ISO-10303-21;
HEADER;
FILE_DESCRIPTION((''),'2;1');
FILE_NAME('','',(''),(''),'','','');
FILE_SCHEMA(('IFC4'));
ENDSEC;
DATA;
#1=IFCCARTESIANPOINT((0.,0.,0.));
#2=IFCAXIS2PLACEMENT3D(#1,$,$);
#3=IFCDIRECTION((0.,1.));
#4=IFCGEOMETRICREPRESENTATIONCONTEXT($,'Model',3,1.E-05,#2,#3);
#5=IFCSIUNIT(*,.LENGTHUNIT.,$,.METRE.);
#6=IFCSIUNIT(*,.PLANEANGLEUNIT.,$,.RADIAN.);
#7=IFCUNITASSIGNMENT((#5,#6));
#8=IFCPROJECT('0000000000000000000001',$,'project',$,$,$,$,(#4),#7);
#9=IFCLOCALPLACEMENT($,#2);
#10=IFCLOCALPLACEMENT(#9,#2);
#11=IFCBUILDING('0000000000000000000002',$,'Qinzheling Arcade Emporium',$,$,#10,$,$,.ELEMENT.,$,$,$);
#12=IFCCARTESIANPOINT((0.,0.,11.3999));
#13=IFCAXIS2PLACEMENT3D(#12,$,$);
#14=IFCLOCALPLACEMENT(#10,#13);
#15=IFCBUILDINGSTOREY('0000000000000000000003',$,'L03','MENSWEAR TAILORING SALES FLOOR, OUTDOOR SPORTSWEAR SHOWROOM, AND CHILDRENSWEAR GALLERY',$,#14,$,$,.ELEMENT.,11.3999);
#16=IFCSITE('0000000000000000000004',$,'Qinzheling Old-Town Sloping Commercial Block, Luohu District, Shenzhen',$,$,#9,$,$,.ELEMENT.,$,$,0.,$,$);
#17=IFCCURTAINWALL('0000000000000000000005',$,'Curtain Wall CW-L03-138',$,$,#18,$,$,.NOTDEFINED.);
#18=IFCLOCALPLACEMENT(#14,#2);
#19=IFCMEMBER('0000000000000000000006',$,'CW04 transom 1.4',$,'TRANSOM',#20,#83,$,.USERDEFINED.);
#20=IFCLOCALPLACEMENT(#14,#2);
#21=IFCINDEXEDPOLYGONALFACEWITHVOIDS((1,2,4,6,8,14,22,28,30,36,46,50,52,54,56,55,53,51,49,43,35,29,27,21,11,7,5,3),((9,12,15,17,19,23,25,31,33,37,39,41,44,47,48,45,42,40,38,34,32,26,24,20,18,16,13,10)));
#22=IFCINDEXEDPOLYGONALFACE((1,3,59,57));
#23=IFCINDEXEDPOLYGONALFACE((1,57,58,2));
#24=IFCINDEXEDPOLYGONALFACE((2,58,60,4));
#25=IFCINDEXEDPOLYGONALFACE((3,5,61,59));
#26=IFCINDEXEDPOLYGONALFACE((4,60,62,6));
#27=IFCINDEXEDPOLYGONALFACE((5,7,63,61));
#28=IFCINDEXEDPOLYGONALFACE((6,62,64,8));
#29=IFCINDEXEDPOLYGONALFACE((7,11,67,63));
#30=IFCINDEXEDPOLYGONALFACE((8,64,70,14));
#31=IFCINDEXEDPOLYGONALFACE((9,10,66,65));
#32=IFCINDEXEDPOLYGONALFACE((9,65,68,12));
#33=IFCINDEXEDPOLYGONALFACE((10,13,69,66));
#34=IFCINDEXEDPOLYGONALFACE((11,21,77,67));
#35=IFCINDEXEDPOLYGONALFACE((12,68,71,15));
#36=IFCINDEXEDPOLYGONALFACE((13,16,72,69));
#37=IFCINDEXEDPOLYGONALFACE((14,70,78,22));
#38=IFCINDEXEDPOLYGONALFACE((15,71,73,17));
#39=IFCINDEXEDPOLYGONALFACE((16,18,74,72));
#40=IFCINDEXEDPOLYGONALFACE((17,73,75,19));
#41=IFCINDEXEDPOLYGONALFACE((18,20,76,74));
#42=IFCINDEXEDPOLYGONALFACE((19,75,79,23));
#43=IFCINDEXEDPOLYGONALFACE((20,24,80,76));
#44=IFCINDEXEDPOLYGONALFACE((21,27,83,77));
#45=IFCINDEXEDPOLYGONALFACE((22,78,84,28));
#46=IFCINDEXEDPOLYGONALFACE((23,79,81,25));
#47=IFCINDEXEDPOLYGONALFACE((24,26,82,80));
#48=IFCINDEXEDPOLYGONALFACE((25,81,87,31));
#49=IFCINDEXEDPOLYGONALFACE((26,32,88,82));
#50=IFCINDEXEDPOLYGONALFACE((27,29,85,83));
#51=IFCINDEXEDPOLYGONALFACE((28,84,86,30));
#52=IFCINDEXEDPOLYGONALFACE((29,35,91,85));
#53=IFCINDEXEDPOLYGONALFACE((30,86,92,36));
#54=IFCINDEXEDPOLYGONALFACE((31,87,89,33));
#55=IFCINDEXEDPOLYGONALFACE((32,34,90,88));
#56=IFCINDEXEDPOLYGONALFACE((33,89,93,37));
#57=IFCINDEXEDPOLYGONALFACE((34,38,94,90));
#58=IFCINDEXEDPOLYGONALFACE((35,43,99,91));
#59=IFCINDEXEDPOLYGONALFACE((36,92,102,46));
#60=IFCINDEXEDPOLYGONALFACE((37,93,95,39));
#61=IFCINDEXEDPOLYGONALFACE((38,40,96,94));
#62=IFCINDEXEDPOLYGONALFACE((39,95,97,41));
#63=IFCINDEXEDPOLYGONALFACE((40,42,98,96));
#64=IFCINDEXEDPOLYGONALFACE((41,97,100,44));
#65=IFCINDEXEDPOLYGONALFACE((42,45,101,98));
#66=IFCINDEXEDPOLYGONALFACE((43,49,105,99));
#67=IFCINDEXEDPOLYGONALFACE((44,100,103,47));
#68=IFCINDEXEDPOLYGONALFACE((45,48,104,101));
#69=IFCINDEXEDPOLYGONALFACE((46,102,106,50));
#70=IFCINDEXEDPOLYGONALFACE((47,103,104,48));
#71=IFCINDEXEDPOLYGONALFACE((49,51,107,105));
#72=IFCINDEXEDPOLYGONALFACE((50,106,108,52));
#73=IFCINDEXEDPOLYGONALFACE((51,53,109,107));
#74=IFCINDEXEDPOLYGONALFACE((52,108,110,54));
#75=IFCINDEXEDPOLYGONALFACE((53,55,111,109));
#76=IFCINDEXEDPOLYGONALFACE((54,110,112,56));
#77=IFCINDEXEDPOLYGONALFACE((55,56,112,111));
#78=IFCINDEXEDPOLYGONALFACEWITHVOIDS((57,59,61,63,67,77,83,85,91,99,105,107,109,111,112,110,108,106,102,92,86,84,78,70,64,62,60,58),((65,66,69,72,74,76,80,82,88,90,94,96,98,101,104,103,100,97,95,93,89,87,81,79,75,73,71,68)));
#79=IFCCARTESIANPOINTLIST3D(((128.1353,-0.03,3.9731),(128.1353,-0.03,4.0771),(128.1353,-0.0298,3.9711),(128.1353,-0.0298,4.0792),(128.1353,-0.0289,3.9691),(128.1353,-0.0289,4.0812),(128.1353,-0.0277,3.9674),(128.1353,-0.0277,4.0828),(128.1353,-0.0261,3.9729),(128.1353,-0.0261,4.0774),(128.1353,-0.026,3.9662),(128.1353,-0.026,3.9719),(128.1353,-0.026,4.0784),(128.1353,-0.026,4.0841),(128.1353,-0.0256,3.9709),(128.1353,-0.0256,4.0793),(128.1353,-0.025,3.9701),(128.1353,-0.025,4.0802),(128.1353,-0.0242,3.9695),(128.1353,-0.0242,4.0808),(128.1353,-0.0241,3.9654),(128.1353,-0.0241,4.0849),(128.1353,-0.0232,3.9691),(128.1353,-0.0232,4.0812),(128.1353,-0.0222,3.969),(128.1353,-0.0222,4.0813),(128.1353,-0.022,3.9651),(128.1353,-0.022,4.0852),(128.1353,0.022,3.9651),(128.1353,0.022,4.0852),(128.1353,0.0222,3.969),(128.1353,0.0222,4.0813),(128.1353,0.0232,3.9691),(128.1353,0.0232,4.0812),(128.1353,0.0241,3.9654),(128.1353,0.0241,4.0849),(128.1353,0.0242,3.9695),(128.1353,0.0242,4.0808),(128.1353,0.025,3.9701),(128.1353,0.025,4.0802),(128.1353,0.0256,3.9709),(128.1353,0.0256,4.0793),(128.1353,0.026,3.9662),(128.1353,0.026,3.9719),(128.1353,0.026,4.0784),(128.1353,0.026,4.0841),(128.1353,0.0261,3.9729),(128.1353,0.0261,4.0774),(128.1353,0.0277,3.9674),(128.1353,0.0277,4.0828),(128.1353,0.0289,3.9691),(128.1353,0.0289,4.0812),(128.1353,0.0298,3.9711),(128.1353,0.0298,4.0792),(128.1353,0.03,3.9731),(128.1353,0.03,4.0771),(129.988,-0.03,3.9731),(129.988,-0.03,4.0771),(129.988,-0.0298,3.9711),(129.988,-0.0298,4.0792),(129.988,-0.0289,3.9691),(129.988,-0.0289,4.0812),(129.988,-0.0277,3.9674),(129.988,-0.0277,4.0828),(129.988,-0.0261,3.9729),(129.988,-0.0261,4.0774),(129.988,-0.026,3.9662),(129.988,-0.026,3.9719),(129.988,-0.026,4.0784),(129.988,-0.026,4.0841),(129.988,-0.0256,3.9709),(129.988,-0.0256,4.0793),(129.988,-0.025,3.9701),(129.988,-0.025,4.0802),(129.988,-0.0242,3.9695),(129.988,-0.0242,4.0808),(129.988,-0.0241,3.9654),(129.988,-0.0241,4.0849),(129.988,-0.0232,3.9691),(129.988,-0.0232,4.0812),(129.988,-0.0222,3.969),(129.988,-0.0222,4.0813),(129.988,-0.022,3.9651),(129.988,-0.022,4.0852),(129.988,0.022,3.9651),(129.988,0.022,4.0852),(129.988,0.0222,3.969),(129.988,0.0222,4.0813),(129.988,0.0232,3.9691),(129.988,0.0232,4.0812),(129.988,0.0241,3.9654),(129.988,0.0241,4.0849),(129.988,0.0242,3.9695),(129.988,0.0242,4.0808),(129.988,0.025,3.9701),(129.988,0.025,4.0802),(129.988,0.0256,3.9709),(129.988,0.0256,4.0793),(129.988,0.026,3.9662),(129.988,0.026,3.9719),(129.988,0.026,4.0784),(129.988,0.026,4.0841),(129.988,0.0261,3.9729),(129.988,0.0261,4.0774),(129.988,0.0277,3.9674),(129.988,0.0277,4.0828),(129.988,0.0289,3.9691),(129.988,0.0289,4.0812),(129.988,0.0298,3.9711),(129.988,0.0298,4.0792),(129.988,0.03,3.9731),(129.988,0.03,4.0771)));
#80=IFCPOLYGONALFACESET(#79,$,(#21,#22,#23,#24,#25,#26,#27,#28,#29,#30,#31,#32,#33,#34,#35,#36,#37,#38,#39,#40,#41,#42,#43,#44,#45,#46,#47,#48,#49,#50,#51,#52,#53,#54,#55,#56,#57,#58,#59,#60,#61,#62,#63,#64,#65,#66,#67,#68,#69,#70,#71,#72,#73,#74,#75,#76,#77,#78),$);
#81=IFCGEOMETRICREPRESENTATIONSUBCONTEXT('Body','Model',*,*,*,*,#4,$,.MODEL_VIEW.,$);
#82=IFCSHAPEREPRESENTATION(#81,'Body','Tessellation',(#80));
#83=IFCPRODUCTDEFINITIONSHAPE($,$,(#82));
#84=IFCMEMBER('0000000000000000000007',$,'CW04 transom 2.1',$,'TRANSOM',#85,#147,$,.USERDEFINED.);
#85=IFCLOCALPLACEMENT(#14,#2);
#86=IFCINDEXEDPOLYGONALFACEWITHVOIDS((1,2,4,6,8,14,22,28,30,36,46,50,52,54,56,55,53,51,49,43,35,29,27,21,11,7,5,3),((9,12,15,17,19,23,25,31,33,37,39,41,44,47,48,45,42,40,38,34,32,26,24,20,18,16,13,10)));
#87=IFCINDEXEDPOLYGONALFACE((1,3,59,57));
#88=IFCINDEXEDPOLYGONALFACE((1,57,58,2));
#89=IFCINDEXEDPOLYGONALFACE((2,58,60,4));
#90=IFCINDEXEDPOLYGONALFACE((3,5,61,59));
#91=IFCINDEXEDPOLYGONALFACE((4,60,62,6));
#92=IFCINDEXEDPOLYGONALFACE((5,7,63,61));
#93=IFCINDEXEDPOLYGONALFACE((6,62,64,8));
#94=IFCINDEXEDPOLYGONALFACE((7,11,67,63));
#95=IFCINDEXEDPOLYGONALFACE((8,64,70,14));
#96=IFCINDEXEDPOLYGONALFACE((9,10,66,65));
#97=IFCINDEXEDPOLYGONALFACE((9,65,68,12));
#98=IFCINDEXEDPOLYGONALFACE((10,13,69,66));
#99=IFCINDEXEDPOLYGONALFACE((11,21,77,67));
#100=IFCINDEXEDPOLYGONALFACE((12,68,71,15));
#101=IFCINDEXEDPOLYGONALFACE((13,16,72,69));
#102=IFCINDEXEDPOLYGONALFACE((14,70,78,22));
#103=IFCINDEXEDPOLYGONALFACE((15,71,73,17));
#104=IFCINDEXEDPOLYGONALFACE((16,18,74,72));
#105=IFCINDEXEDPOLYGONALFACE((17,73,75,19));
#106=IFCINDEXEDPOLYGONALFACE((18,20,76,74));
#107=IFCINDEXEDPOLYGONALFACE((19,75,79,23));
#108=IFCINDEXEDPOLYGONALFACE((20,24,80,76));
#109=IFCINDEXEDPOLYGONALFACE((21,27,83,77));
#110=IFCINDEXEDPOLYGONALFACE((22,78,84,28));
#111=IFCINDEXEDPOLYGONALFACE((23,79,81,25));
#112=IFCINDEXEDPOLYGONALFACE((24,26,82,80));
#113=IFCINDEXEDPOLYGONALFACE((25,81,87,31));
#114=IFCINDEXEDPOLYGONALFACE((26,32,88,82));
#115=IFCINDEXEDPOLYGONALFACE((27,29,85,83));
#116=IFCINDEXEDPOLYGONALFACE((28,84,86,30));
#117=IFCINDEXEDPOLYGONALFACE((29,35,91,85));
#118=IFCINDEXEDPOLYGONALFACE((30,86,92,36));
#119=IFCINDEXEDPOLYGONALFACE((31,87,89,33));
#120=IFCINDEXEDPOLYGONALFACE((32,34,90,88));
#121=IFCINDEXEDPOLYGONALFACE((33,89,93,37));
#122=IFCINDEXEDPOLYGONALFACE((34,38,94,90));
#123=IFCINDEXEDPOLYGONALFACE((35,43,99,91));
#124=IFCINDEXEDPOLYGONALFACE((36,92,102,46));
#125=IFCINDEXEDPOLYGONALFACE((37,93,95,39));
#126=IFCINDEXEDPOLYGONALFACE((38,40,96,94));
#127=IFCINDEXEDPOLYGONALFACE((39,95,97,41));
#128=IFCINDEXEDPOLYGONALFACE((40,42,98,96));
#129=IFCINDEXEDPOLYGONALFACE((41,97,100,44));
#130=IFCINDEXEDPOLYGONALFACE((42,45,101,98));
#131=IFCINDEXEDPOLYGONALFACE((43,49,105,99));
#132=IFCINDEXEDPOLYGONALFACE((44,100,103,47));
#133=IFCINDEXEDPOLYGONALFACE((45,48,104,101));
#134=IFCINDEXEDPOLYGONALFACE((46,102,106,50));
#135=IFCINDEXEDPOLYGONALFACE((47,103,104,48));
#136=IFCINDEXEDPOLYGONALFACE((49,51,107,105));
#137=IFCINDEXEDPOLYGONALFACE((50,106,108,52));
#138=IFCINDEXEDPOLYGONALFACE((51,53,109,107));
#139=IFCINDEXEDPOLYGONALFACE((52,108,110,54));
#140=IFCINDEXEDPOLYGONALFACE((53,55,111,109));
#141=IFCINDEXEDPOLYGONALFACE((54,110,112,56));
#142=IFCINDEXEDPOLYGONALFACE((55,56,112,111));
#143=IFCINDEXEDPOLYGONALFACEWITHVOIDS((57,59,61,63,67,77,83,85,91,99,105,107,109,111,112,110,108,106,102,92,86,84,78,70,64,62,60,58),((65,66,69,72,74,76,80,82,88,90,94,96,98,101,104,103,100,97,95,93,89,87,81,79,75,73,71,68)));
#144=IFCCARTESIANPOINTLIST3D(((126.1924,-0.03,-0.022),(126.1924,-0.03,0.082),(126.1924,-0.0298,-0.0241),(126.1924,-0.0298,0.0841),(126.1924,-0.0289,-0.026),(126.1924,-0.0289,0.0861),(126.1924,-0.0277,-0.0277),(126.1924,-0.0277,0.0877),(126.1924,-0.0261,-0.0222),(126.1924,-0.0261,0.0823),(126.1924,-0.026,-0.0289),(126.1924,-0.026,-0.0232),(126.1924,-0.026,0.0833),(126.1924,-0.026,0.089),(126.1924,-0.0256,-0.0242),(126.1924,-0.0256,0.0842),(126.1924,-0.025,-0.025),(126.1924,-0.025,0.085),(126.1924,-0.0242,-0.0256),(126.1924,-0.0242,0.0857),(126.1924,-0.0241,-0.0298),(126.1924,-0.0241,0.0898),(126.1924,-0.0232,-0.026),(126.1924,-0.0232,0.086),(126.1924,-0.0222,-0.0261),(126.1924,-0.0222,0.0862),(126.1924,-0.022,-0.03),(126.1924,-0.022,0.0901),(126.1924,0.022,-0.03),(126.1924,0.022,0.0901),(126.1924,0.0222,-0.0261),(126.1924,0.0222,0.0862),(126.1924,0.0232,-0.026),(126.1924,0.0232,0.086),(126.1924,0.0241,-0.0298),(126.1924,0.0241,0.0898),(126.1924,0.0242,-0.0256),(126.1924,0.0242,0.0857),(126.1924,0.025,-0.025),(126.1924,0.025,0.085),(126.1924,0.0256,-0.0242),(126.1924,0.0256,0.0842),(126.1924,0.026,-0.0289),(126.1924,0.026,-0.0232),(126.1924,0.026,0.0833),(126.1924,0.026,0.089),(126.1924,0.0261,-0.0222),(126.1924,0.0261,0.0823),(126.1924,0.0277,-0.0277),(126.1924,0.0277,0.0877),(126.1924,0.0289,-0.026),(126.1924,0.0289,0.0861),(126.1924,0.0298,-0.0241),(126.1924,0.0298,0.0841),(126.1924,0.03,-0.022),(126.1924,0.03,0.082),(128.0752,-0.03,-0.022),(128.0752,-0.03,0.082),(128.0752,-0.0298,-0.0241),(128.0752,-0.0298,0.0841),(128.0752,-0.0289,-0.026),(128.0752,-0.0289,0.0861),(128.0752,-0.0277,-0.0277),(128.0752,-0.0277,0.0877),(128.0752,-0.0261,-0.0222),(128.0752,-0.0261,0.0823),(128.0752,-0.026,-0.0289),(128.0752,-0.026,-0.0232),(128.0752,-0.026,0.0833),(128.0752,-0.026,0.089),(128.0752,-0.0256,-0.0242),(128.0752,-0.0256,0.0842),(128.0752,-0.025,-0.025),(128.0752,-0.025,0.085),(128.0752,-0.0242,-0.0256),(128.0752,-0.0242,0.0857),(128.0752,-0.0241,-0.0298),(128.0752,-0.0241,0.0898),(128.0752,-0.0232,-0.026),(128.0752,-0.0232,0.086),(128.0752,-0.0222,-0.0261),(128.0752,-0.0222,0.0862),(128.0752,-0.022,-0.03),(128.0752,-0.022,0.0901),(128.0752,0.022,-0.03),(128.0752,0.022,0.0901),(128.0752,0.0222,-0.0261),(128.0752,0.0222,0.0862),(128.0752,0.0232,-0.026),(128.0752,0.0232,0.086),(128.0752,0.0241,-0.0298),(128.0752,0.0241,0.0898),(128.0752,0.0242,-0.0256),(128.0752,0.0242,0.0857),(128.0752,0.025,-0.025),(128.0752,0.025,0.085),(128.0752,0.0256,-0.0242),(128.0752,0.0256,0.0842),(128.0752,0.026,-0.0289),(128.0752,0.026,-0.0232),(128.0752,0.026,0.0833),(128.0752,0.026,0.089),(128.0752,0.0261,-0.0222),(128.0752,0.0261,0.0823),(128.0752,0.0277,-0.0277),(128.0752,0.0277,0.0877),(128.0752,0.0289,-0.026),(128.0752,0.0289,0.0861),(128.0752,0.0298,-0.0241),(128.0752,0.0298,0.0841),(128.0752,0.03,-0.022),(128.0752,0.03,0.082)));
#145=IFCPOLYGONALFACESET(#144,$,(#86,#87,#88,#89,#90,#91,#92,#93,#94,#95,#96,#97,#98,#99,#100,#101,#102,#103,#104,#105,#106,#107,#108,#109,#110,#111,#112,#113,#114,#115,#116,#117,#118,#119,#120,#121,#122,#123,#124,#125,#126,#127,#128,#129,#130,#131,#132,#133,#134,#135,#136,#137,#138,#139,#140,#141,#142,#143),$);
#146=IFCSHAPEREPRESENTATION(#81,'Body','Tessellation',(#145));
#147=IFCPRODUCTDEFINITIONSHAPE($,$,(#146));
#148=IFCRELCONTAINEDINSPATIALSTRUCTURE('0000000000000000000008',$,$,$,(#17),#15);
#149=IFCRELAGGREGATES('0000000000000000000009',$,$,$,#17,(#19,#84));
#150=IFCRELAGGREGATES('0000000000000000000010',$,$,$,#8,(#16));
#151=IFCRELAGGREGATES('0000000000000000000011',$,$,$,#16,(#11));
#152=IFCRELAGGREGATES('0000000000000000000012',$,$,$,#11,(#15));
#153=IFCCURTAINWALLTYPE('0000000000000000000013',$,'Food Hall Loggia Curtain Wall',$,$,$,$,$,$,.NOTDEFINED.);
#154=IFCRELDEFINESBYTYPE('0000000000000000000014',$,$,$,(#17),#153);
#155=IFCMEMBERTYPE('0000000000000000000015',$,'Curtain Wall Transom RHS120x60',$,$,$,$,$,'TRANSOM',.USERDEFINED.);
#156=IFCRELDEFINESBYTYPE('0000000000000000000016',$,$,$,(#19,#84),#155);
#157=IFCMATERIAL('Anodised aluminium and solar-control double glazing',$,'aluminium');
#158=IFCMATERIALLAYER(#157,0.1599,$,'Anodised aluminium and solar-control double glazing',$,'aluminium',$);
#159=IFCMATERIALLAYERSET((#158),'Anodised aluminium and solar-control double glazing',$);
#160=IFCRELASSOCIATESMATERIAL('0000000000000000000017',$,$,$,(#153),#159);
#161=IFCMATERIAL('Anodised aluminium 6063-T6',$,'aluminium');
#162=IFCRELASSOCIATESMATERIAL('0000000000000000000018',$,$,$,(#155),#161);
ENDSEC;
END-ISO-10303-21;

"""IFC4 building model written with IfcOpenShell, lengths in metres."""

from ifc_helpers import new_model, si_unit, direction, frame, origin, origin_2d, place, context, subcontext, project, spatial, hollow_rectangle, extrude, material, layer, layer_set, material_profile, profile_set, type_object, element, aggregate, save


model = new_model("IFC4")

# Units and contexts
model_context = context("Model", 3, precision=1e-05, world=origin(), true_north=direction((0.0, 1.0)))
body_context = subcontext(model_context, "Body", "Model", "MODEL_VIEW")
ifc_project = project(units=[si_unit("LENGTHUNIT", "METRE"), si_unit("PLANEANGLEUNIT", "RADIAN")], contexts=[model_context])

# Site, building, storey
site_placement = place(None, origin())
site = spatial("IfcSite", under=ifc_project, at=site_placement, Name="Qinzheling Old-Town Sloping Commercial Block, Luohu District, Shenzhen", CompositionType="ELEMENT", RefElevation=0.0)
building_placement = place(site_placement, origin())
building = spatial("IfcBuilding", under=site, at=building_placement, Name="Qinzheling Arcade Emporium", CompositionType="ELEMENT")
storey_placement = place(building_placement, frame((0.0, 0.0, 11.3999)))
storey = spatial("IfcBuildingStorey", under=building, at=storey_placement, Name="L03", Description="MENSWEAR TAILORING SALES FLOOR, OUTDOOR SPORTSWEAR SHOWROOM, AND CHILDRENSWEAR GALLERY", CompositionType="ELEMENT", Elevation=11.3999)

# Curtain wall, members
ifc_material_1 = material(Name="Anodised aluminium and solar-control double glazing", Category="aluminium")
ifc_layer_1 = layer(ifc_material_1, 0.1599, Name="Anodised aluminium and solar-control double glazing", Category="aluminium")
ifc_layer_set_1 = layer_set([ifc_layer_1], Name="Anodised aluminium and solar-control double glazing")
curtain_wall_type = type_object("IfcCurtainWallType", Name="Food Hall Loggia Curtain Wall", PredefinedType="NOTDEFINED", material=ifc_layer_set_1)
curtain_wall_placement = place(storey_placement, origin())
curtain_wall = element("IfcCurtainWall", 1, at=curtain_wall_placement, inside=storey, type_object=curtain_wall_type, Name="Curtain Wall CW-L03-138", PredefinedType="NOTDEFINED")
ifc_material_2 = material(Name="Anodised aluminium 6063-T6", Category="aluminium")
ifc_material_profile_1 = material_profile(ifc_material_2, hollow_rectangle(XDim=0.0601, YDim=0.1201, WallThickness=0.0039, InnerFilletRadius=0.0039, OuterFilletRadius=0.0081, at=origin_2d()), Name="RHS 120x60x4", Category="aluminium")
ifc_profile_set_1 = profile_set([ifc_material_profile_1], Name="Anodised aluminium 6063-T6")
member_type_1 = type_object("IfcMemberType", Name="Curtain Wall Transom RHS120x60", ElementType="TRANSOM", PredefinedType="USERDEFINED", material=ifc_profile_set_1)
member_1_placement = place(storey_placement, frame((129.988, 0.0, 4.0251), z_axis=(-1.0, 0.0, 0.0), x_axis=(0.0, -1.0, 0.0)))
member_1 = element("IfcMember", 2, at=member_1_placement, type_object=member_type_1, Name="CW04 transom 1.4", ObjectType="TRANSOM", PredefinedType="USERDEFINED", context=body_context, shape_type="SweptSolid", body=[
    extrude(hollow_rectangle(XDim=0.0601, YDim=0.1201, WallThickness=0.0039, InnerFilletRadius=0.0039, OuterFilletRadius=0.0081, at=origin_2d()), origin(), (0.0, 0.0, 1.0), 1.8528),
])
member_2_placement = place(storey_placement, frame((128.0752, 0.0, 0.03), z_axis=(-1.0, 0.0, 0.0), x_axis=(0.0, -1.0, 0.0)))
member_2 = element("IfcMember", 3, at=member_2_placement, type_object=member_type_1, Name="CW04 transom 2.1", ObjectType="TRANSOM", PredefinedType="USERDEFINED", context=body_context, shape_type="SweptSolid", body=[
    extrude(hollow_rectangle(XDim=0.0601, YDim=0.1201, WallThickness=0.0039, InnerFilletRadius=0.0039, OuterFilletRadius=0.0081, at=origin_2d()), origin(), (0.0, 0.0, 1.0), 1.8828),
])
aggregate(curtain_wall, [member_1, member_2])

save(model, "model.ifc")
